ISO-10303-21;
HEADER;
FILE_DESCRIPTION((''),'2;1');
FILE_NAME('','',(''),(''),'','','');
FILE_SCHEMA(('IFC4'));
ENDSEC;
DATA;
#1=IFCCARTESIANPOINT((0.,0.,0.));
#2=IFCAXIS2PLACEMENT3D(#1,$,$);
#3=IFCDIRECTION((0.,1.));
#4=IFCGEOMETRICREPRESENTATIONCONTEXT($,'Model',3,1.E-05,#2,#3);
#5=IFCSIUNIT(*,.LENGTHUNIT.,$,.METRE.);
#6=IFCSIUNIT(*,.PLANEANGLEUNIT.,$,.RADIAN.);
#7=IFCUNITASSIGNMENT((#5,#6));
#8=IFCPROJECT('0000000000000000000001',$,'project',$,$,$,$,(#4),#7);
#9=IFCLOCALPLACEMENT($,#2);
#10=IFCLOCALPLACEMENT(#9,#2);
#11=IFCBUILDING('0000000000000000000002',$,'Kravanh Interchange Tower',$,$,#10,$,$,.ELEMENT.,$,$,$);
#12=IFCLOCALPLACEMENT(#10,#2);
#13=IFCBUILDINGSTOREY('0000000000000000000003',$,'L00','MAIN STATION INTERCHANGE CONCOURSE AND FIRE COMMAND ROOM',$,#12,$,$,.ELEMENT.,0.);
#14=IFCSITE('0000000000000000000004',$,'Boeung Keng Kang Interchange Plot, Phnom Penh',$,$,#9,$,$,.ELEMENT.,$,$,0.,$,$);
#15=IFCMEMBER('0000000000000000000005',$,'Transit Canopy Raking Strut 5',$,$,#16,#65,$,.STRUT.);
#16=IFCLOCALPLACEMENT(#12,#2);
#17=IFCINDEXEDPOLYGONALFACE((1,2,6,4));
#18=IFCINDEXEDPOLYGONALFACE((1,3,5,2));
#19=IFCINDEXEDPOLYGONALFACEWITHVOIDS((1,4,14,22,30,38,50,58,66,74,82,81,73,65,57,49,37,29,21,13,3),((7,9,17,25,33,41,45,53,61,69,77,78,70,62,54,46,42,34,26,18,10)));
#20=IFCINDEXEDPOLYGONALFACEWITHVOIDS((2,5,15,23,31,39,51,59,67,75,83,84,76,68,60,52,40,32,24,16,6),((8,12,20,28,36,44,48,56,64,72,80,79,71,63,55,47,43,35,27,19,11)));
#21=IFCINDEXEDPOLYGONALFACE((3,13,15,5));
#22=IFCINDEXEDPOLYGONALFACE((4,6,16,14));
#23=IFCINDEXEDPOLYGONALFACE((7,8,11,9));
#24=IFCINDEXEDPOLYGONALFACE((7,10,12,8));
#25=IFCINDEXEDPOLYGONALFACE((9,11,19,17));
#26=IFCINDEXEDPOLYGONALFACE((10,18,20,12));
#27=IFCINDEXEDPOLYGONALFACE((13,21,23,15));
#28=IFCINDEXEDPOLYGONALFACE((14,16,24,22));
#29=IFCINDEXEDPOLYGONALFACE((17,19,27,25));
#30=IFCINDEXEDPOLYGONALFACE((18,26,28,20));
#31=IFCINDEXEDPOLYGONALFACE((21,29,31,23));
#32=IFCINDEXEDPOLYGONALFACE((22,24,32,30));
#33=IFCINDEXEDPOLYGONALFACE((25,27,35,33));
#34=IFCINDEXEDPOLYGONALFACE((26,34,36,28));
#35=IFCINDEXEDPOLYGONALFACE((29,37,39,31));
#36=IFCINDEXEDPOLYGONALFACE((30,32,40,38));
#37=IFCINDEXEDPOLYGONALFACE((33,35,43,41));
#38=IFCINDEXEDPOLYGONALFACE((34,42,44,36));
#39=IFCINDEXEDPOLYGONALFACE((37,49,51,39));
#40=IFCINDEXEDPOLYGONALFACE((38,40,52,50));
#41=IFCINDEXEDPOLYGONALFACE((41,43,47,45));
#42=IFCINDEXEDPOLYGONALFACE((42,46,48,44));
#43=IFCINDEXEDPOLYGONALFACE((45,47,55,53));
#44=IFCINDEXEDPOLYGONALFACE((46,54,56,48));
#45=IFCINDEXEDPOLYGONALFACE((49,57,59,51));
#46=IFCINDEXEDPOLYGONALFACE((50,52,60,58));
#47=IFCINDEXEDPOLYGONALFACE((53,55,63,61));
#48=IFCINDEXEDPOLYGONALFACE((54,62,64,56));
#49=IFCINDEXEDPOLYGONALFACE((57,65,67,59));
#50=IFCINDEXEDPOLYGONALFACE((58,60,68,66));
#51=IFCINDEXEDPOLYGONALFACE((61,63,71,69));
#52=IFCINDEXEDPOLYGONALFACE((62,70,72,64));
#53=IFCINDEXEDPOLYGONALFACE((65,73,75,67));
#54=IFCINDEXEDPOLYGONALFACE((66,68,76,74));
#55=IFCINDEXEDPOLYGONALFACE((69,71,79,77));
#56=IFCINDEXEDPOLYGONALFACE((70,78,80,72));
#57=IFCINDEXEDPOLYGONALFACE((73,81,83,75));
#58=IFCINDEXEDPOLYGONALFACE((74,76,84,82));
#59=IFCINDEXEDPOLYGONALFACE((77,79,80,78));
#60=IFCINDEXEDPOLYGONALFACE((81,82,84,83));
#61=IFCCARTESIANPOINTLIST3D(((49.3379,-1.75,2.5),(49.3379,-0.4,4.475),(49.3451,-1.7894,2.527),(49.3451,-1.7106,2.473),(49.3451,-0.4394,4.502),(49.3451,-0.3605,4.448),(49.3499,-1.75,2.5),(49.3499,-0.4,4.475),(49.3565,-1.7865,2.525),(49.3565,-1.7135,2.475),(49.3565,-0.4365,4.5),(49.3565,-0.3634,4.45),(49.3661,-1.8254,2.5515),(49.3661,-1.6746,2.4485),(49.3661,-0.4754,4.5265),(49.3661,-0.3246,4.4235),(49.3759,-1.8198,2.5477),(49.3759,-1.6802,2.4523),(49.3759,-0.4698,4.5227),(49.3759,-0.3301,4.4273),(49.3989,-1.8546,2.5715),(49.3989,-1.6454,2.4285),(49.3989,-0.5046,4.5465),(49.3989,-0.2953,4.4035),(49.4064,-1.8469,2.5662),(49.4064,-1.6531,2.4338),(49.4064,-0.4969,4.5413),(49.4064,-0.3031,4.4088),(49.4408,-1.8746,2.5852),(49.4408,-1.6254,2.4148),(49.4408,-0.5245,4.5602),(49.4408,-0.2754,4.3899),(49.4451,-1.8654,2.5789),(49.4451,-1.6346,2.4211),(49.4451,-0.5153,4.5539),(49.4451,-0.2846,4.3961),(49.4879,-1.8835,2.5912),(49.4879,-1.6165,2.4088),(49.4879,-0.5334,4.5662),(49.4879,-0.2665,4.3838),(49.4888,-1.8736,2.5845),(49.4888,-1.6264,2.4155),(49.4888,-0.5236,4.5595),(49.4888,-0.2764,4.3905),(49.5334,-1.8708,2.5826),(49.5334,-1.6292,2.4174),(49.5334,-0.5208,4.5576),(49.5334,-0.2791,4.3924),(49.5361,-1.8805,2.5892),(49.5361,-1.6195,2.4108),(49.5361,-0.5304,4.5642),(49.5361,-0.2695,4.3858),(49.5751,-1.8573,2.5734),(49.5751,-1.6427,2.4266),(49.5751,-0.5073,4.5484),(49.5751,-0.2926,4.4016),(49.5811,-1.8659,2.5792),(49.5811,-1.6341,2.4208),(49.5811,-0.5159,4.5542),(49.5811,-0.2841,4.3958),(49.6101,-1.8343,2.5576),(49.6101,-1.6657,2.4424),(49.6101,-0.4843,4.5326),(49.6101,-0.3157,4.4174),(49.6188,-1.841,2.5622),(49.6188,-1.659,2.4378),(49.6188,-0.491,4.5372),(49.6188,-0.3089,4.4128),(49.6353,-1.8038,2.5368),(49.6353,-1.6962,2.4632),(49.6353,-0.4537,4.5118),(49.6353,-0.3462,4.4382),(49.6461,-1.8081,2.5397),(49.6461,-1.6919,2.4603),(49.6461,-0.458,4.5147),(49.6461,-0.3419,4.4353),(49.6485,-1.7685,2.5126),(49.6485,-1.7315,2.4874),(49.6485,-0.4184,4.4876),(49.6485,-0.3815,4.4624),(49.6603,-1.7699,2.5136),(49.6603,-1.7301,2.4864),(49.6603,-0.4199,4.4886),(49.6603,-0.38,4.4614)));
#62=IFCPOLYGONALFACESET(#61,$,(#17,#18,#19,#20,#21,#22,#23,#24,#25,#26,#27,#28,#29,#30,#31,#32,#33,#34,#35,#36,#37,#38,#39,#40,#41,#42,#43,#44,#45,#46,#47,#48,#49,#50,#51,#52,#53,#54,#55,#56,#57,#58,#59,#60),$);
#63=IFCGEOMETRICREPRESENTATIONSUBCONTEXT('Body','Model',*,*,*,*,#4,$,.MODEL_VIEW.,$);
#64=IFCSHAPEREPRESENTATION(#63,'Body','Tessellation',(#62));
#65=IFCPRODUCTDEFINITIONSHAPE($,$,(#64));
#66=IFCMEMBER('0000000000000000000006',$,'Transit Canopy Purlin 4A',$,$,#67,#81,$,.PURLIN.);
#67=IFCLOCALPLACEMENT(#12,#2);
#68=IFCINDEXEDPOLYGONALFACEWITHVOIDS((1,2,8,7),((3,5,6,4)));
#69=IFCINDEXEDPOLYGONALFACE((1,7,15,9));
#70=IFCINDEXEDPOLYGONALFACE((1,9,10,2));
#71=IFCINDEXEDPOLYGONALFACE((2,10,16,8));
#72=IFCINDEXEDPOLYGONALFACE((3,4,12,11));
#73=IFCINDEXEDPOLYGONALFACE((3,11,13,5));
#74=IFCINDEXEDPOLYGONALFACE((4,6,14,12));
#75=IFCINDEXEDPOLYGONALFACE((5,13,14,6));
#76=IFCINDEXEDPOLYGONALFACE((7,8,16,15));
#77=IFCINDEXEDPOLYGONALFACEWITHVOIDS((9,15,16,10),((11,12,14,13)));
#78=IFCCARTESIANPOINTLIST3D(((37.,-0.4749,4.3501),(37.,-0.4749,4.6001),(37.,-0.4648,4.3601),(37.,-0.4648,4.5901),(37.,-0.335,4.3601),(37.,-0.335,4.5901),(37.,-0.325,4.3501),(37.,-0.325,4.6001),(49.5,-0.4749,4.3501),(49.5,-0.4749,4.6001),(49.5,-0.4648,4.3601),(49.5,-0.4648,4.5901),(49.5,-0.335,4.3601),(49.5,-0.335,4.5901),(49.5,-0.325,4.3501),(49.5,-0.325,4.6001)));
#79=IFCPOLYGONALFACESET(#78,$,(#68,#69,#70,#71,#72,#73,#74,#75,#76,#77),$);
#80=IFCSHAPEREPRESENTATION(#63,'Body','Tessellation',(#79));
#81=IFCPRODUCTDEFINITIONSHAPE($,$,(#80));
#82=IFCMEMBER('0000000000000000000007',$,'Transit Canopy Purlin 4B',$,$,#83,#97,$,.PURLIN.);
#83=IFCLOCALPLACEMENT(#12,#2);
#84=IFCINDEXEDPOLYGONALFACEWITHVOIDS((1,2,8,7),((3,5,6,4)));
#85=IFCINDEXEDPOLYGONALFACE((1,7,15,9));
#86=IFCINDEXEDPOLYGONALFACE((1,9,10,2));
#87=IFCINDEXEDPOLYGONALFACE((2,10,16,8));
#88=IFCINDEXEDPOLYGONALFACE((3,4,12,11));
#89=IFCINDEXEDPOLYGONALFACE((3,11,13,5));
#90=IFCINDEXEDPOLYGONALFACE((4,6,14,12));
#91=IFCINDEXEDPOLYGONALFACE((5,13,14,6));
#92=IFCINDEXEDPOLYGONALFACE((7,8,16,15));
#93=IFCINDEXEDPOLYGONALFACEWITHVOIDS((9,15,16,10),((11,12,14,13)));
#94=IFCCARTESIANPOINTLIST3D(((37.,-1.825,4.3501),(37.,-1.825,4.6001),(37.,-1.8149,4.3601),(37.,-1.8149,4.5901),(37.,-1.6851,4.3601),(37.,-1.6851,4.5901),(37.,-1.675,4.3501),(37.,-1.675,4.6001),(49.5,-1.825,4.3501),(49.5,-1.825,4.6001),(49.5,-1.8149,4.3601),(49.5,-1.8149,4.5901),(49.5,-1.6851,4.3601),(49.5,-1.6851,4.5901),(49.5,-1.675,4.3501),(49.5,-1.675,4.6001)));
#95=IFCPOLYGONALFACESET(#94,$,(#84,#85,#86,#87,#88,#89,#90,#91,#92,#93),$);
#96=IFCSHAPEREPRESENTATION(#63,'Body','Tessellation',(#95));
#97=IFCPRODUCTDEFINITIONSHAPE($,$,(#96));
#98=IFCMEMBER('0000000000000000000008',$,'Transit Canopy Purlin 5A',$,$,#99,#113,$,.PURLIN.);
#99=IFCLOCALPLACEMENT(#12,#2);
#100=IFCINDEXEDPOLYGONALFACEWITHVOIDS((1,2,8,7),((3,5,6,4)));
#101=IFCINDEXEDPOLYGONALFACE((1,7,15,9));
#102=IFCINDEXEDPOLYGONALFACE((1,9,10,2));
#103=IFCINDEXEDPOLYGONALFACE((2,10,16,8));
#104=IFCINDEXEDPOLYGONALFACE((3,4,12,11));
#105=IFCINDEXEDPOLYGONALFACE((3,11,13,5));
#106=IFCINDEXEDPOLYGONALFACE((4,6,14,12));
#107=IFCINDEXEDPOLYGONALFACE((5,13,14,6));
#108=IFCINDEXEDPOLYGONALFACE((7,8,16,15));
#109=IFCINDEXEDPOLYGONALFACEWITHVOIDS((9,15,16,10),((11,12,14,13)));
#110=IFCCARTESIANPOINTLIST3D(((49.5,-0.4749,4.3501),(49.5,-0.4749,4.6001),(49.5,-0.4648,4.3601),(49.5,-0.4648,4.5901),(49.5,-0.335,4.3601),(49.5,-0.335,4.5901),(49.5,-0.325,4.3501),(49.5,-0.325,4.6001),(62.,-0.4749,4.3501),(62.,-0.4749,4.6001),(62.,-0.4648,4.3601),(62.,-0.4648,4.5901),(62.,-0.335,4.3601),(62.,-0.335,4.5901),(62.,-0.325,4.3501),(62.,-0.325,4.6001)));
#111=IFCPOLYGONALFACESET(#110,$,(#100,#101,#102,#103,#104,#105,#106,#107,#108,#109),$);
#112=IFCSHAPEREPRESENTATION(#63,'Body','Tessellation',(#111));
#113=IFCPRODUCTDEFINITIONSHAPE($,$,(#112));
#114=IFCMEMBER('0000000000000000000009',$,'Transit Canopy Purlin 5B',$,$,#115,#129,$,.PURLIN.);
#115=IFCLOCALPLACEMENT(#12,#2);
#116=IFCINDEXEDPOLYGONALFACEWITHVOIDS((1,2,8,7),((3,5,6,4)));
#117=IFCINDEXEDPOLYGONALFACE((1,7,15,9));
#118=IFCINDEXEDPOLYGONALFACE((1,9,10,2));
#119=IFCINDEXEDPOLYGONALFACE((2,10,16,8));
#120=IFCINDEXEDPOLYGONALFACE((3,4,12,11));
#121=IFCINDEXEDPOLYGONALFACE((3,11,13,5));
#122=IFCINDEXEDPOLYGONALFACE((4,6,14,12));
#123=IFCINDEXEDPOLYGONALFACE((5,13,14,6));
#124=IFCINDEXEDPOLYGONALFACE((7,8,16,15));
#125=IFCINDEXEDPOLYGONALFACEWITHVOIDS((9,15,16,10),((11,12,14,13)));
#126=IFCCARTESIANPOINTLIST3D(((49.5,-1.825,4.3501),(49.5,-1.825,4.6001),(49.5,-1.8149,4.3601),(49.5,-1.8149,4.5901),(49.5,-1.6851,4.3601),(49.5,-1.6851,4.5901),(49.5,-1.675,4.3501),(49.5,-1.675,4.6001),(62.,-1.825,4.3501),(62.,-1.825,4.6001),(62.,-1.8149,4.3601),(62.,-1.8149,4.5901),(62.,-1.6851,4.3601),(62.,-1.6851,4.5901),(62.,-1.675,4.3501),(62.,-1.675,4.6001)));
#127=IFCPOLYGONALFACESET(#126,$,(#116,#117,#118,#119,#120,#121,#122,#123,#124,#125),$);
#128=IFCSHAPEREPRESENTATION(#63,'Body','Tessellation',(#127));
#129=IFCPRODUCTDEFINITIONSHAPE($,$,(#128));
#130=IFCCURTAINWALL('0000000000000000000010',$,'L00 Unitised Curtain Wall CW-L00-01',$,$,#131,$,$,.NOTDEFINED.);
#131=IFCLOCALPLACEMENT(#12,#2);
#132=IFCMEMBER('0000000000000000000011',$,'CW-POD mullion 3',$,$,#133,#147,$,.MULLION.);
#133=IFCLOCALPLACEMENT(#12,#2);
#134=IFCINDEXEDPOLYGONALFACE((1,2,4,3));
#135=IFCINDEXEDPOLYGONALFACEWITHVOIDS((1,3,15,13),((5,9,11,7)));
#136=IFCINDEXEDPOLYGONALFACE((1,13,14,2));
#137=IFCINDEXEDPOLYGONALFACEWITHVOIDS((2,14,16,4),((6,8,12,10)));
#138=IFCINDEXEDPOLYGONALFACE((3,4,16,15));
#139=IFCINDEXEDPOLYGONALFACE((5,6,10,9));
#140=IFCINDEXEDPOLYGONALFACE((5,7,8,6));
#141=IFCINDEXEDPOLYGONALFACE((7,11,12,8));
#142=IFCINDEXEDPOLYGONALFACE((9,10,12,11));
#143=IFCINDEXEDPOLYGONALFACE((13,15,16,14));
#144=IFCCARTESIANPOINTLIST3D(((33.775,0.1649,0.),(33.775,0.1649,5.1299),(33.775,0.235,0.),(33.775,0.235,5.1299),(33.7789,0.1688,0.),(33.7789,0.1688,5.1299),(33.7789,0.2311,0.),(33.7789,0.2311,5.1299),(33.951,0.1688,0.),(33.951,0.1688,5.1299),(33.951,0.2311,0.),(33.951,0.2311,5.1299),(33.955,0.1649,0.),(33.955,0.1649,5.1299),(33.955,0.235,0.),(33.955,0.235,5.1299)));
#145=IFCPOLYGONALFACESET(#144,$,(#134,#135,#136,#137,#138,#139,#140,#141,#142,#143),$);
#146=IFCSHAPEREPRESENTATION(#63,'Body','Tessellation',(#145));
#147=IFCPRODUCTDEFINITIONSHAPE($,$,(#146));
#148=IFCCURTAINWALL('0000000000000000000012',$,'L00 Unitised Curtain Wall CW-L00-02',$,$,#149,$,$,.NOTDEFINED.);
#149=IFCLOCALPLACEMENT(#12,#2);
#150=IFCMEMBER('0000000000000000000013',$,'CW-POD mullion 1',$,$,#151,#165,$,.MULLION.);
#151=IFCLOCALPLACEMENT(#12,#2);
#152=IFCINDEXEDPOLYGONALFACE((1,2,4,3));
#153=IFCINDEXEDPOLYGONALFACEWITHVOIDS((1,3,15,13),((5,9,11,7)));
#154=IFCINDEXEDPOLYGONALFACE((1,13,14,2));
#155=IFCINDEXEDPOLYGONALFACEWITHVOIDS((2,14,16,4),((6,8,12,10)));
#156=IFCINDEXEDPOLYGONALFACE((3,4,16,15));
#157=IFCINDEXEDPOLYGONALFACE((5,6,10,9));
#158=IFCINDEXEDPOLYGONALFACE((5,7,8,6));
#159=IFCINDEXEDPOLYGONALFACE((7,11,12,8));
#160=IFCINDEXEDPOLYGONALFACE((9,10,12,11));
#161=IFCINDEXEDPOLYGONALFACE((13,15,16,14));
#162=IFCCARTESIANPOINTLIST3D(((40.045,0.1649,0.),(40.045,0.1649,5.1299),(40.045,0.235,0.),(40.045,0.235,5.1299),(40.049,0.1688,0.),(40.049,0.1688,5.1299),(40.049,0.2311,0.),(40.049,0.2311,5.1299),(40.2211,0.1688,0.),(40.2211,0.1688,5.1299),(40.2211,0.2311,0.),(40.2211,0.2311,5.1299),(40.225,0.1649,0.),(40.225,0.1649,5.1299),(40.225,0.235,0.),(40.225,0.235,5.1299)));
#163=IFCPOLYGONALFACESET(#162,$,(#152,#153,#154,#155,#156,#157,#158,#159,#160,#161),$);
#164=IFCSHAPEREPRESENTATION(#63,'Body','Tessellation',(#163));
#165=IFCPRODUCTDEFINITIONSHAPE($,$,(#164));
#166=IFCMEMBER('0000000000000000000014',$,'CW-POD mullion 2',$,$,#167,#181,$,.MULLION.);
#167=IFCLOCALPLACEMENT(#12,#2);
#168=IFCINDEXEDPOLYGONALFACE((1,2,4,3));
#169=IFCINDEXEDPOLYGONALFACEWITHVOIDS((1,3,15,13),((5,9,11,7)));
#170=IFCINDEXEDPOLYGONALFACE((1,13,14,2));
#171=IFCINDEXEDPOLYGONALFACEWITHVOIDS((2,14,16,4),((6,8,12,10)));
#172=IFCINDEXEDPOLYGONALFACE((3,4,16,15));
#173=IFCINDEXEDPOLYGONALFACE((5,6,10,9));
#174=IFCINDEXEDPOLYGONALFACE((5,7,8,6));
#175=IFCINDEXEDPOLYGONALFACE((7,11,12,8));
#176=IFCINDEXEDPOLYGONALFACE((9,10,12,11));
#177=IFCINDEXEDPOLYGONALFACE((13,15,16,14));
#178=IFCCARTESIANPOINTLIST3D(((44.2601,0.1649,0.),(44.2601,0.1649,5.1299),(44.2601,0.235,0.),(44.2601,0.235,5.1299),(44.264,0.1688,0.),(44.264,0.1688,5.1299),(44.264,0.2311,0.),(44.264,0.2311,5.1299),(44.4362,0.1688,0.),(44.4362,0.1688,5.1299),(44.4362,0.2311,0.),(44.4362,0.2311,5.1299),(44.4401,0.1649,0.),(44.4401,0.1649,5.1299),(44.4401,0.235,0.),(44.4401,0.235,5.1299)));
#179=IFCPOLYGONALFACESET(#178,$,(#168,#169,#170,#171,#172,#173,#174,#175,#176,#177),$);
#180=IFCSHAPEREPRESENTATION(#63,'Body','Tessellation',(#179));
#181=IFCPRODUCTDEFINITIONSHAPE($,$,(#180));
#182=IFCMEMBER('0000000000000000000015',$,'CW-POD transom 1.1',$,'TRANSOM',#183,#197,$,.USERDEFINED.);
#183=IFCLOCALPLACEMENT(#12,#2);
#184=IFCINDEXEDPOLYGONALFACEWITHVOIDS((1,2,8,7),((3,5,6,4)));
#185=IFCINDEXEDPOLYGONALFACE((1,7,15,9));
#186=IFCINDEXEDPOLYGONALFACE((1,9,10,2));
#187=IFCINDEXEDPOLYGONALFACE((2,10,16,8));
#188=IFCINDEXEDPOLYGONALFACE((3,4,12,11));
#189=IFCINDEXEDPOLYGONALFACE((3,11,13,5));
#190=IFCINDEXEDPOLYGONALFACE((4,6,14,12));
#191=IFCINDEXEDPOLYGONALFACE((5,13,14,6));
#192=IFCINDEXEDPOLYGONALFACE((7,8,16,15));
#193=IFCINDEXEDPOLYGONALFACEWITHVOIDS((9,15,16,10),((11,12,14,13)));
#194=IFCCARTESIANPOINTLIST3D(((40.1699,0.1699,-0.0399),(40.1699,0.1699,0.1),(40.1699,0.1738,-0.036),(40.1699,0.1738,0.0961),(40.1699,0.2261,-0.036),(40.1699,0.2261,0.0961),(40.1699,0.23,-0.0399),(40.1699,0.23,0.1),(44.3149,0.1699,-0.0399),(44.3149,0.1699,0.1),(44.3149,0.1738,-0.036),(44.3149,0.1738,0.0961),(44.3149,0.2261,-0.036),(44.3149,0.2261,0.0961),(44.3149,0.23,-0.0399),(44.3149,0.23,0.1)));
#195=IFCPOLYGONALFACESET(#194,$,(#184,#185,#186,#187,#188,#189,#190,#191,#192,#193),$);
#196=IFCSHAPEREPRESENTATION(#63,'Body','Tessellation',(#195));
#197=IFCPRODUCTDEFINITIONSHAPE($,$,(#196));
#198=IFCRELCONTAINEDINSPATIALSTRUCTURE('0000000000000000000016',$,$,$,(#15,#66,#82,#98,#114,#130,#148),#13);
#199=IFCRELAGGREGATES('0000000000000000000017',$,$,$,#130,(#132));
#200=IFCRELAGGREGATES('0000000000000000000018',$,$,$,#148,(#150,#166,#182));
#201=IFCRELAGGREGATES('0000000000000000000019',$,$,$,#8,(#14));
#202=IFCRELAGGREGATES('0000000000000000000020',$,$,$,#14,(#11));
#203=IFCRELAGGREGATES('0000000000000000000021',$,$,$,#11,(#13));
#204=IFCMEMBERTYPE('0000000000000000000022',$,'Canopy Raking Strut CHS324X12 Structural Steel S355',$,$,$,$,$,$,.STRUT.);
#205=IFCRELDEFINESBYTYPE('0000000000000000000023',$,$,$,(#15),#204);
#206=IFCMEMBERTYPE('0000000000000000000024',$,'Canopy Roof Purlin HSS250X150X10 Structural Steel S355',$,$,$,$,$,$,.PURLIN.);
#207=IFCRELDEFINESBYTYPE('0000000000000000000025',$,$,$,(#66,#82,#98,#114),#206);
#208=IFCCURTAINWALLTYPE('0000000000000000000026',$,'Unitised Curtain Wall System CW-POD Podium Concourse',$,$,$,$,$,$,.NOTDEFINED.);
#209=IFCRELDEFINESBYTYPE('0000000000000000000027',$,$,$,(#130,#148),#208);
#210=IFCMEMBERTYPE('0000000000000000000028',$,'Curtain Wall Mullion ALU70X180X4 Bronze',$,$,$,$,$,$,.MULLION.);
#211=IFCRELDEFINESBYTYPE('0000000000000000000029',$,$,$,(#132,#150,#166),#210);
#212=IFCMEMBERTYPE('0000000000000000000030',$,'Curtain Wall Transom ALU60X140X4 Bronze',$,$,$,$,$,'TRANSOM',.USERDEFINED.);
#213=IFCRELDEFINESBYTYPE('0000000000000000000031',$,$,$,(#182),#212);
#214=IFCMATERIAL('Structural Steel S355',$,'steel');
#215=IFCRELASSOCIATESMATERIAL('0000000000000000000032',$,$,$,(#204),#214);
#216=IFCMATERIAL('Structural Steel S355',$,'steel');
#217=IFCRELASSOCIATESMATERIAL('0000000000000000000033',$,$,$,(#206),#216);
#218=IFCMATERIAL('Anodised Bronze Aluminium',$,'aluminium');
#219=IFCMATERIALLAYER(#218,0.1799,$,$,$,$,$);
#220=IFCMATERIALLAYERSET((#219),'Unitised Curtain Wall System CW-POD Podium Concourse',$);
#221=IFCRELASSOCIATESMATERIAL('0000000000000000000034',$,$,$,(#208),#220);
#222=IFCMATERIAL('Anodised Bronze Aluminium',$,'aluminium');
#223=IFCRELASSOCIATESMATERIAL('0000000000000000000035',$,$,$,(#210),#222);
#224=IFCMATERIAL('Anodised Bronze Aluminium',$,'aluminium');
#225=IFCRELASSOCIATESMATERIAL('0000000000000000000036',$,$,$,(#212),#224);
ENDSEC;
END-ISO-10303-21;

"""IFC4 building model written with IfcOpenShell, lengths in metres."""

from ifc_helpers import new_model, si_unit, direction, frame, origin, origin_2d, place, context, subcontext, project, spatial, hollow_rectangle, hollow_circle, extrude, material, layer, layer_set, material_profile, profile_set, type_object, element, aggregate, save


model = new_model("IFC4")

# Units and contexts
model_context = context("Model", 3, precision=1e-05, world=origin(), true_north=direction((0.0, 1.0)))
body_context = subcontext(model_context, "Body", "Model", "MODEL_VIEW")
ifc_project = project(units=[si_unit("LENGTHUNIT", "METRE"), si_unit("PLANEANGLEUNIT", "RADIAN")], contexts=[model_context])

# Site, building, storey
site_placement = place(None, origin())
site = spatial("IfcSite", under=ifc_project, at=site_placement, Name="Boeung Keng Kang Interchange Plot, Phnom Penh", CompositionType="ELEMENT", RefElevation=0.0)
building_placement = place(site_placement, origin())
building = spatial("IfcBuilding", under=site, at=building_placement, Name="Kravanh Interchange Tower", CompositionType="ELEMENT")
storey_placement = place(building_placement, origin())
storey = spatial("IfcBuildingStorey", under=building, at=storey_placement, Name="L00", Description="MAIN STATION INTERCHANGE CONCOURSE AND FIRE COMMAND ROOM", CompositionType="ELEMENT", Elevation=0.0)

# Members
ifc_material_1 = material(Name="Structural Steel S355", Category="steel")
ifc_material_profile_1 = material_profile(ifc_material_1, hollow_circle(Radius=0.1621, WallThickness=0.012, at=origin_2d()), Name="CHS324X12")
ifc_profile_set_1 = profile_set([ifc_material_profile_1], Name="Structural Steel S355")
member_type_1 = type_object("IfcMemberType", Name="Canopy Raking Strut CHS324X12 Structural Steel S355", PredefinedType="STRUT", material=ifc_profile_set_1)
for number, where, z_axis, x_axis, name in (
    (1, (49.5, -1.75, 2.5), (0.0, 0.564318, 0.825557), (-1.0, 0.0, 0.0), "Transit Canopy Raking Strut 5"),
):
    element("IfcMember", number, at=place(storey_placement, frame(where, z_axis=z_axis, x_axis=x_axis)), inside=storey, type_object=member_type_1, Name=name, PredefinedType="STRUT", context=body_context, shape_type="SweptSolid", body=[
        extrude(hollow_circle(Radius=0.1621, WallThickness=0.012, at=origin_2d()), origin(), (0.0, 0.0, 1.0), 2.3923),
    ])
ifc_material_2 = material(Name="Structural Steel S355", Category="steel")
ifc_material_profile_2 = material_profile(ifc_material_2, hollow_rectangle(XDim=0.1499, YDim=0.25, WallThickness=0.01, at=origin_2d()), Name="HSS250X150X10")
ifc_profile_set_2 = profile_set([ifc_material_profile_2], Name="Structural Steel S355")
member_type_2 = type_object("IfcMemberType", Name="Canopy Roof Purlin HSS250X150X10 Structural Steel S355", PredefinedType="PURLIN", material=ifc_profile_set_2)
for number, where, z_axis, x_axis, name in (
    (2, (37.0, -0.3999, 4.4751), (1.0, 0.0, 0.0), (0.0, 1.0, 0.0), "Transit Canopy Purlin 4A"),
    (3, (37.0, -1.75, 4.4751), (1.0, 0.0, 0.0), (0.0, 1.0, 0.0), "Transit Canopy Purlin 4B"),
    (4, (49.5, -0.3999, 4.4751), (1.0, 0.0, 0.0), (0.0, 1.0, 0.0), "Transit Canopy Purlin 5A"),
    (5, (49.5, -1.75, 4.4751), (1.0, 0.0, 0.0), (0.0, 1.0, 0.0), "Transit Canopy Purlin 5B"),
):
    element("IfcMember", number, at=place(storey_placement, frame(where, z_axis=z_axis, x_axis=x_axis)), inside=storey, type_object=member_type_2, Name=name, PredefinedType="PURLIN", context=body_context, shape_type="SweptSolid", body=[
        extrude(hollow_rectangle(XDim=0.1499, YDim=0.25, WallThickness=0.01, at=origin_2d()), origin(), (0.0, 0.0, 1.0), 12.5),
    ])

# Curtain wall, member
ifc_material_3 = material(Name="Anodised Bronze Aluminium", Category="aluminium")
ifc_layer_1 = layer(ifc_material_3, 0.1799)
ifc_layer_set_1 = layer_set([ifc_layer_1], Name="Unitised Curtain Wall System CW-POD Podium Concourse")
curtain_wall_type = type_object("IfcCurtainWallType", Name="Unitised Curtain Wall System CW-POD Podium Concourse", PredefinedType="NOTDEFINED", material=ifc_layer_set_1)
curtain_wall_1_placement = place(storey_placement, origin())
curtain_wall_1 = element("IfcCurtainWall", 6, at=curtain_wall_1_placement, inside=storey, type_object=curtain_wall_type, Name="L00 Unitised Curtain Wall CW-L00-01", PredefinedType="NOTDEFINED")
ifc_material_4 = material(Name="Anodised Bronze Aluminium", Category="aluminium")
ifc_material_profile_3 = material_profile(ifc_material_4, hollow_rectangle(XDim=0.0701, YDim=0.1799, WallThickness=0.0039, at=origin_2d()), Name="ALU70X180X4")
ifc_profile_set_3 = profile_set([ifc_material_profile_3], Name="Anodised Bronze Aluminium")
member_type_3 = type_object("IfcMemberType", Name="Curtain Wall Mullion ALU70X180X4 Bronze", PredefinedType="MULLION", material=ifc_profile_set_3)
member_1_placement = place(storey_placement, frame((33.865, 0.2, 0.0), z_axis=(0.0, 0.0, 1.0), x_axis=(0.0, 1.0, 0.0)))
member_1 = element("IfcMember", 7, at=member_1_placement, type_object=member_type_3, Name="CW-POD mullion 3", PredefinedType="MULLION", context=body_context, shape_type="SweptSolid", body=[
    extrude(hollow_rectangle(XDim=0.0701, YDim=0.1799, WallThickness=0.0039, at=origin_2d()), origin(), (0.0, 0.0, 1.0), 5.1299),
])
aggregate(curtain_wall_1, [member_1])

# Curtain wall, members
curtain_wall_2_placement = place(storey_placement, origin())
curtain_wall_2 = element("IfcCurtainWall", 8, at=curtain_wall_2_placement, inside=storey, type_object=curtain_wall_type, Name="L00 Unitised Curtain Wall CW-L00-02", PredefinedType="NOTDEFINED")
member_2_placement = place(storey_placement, frame((40.135, 0.2, 0.0), z_axis=(0.0, 0.0, 1.0), x_axis=(0.0, 1.0, 0.0)))
member_2 = element("IfcMember", 9, at=member_2_placement, type_object=member_type_3, Name="CW-POD mullion 1", PredefinedType="MULLION", context=body_context, shape_type="SweptSolid", body=[
    extrude(hollow_rectangle(XDim=0.0701, YDim=0.1799, WallThickness=0.0039, at=origin_2d()), origin(), (0.0, 0.0, 1.0), 5.1299),
])
member_3_placement = place(storey_placement, frame((44.3501, 0.2, 0.0), z_axis=(0.0, 0.0, 1.0), x_axis=(0.0, 1.0, 0.0)))
member_3 = element("IfcMember", 10, at=member_3_placement, type_object=member_type_3, Name="CW-POD mullion 2", PredefinedType="MULLION", context=body_context, shape_type="SweptSolid", body=[
    extrude(hollow_rectangle(XDim=0.0701, YDim=0.1799, WallThickness=0.0039, at=origin_2d()), origin(), (0.0, 0.0, 1.0), 5.1299),
])
ifc_material_5 = material(Name="Anodised Bronze Aluminium", Category="aluminium")
ifc_material_profile_4 = material_profile(ifc_material_5, hollow_rectangle(XDim=0.0601, YDim=0.1399, WallThickness=0.0039, at=origin_2d()), Name="ALU60X140X4")
ifc_profile_set_4 = profile_set([ifc_material_profile_4], Name="Anodised Bronze Aluminium")
member_type_4 = type_object("IfcMemberType", Name="Curtain Wall Transom ALU60X140X4 Bronze", ElementType="TRANSOM", PredefinedType="USERDEFINED", material=ifc_profile_set_4)
member_4_placement = place(storey_placement, frame((40.1699, 0.2, 0.03), z_axis=(1.0, 0.0, 0.0), x_axis=(0.0, 1.0, 0.0)))
member_4 = element("IfcMember", 11, at=member_4_placement, type_object=member_type_4, Name="CW-POD transom 1.1", ObjectType="TRANSOM", PredefinedType="USERDEFINED", context=body_context, shape_type="SweptSolid", body=[
    extrude(hollow_rectangle(XDim=0.0601, YDim=0.1399, WallThickness=0.0039, at=origin_2d()), origin(), (0.0, 0.0, 1.0), 4.145),
])

aggregate(curtain_wall_2, [member_2, member_3, member_4])

save(model, "model.ifc")
